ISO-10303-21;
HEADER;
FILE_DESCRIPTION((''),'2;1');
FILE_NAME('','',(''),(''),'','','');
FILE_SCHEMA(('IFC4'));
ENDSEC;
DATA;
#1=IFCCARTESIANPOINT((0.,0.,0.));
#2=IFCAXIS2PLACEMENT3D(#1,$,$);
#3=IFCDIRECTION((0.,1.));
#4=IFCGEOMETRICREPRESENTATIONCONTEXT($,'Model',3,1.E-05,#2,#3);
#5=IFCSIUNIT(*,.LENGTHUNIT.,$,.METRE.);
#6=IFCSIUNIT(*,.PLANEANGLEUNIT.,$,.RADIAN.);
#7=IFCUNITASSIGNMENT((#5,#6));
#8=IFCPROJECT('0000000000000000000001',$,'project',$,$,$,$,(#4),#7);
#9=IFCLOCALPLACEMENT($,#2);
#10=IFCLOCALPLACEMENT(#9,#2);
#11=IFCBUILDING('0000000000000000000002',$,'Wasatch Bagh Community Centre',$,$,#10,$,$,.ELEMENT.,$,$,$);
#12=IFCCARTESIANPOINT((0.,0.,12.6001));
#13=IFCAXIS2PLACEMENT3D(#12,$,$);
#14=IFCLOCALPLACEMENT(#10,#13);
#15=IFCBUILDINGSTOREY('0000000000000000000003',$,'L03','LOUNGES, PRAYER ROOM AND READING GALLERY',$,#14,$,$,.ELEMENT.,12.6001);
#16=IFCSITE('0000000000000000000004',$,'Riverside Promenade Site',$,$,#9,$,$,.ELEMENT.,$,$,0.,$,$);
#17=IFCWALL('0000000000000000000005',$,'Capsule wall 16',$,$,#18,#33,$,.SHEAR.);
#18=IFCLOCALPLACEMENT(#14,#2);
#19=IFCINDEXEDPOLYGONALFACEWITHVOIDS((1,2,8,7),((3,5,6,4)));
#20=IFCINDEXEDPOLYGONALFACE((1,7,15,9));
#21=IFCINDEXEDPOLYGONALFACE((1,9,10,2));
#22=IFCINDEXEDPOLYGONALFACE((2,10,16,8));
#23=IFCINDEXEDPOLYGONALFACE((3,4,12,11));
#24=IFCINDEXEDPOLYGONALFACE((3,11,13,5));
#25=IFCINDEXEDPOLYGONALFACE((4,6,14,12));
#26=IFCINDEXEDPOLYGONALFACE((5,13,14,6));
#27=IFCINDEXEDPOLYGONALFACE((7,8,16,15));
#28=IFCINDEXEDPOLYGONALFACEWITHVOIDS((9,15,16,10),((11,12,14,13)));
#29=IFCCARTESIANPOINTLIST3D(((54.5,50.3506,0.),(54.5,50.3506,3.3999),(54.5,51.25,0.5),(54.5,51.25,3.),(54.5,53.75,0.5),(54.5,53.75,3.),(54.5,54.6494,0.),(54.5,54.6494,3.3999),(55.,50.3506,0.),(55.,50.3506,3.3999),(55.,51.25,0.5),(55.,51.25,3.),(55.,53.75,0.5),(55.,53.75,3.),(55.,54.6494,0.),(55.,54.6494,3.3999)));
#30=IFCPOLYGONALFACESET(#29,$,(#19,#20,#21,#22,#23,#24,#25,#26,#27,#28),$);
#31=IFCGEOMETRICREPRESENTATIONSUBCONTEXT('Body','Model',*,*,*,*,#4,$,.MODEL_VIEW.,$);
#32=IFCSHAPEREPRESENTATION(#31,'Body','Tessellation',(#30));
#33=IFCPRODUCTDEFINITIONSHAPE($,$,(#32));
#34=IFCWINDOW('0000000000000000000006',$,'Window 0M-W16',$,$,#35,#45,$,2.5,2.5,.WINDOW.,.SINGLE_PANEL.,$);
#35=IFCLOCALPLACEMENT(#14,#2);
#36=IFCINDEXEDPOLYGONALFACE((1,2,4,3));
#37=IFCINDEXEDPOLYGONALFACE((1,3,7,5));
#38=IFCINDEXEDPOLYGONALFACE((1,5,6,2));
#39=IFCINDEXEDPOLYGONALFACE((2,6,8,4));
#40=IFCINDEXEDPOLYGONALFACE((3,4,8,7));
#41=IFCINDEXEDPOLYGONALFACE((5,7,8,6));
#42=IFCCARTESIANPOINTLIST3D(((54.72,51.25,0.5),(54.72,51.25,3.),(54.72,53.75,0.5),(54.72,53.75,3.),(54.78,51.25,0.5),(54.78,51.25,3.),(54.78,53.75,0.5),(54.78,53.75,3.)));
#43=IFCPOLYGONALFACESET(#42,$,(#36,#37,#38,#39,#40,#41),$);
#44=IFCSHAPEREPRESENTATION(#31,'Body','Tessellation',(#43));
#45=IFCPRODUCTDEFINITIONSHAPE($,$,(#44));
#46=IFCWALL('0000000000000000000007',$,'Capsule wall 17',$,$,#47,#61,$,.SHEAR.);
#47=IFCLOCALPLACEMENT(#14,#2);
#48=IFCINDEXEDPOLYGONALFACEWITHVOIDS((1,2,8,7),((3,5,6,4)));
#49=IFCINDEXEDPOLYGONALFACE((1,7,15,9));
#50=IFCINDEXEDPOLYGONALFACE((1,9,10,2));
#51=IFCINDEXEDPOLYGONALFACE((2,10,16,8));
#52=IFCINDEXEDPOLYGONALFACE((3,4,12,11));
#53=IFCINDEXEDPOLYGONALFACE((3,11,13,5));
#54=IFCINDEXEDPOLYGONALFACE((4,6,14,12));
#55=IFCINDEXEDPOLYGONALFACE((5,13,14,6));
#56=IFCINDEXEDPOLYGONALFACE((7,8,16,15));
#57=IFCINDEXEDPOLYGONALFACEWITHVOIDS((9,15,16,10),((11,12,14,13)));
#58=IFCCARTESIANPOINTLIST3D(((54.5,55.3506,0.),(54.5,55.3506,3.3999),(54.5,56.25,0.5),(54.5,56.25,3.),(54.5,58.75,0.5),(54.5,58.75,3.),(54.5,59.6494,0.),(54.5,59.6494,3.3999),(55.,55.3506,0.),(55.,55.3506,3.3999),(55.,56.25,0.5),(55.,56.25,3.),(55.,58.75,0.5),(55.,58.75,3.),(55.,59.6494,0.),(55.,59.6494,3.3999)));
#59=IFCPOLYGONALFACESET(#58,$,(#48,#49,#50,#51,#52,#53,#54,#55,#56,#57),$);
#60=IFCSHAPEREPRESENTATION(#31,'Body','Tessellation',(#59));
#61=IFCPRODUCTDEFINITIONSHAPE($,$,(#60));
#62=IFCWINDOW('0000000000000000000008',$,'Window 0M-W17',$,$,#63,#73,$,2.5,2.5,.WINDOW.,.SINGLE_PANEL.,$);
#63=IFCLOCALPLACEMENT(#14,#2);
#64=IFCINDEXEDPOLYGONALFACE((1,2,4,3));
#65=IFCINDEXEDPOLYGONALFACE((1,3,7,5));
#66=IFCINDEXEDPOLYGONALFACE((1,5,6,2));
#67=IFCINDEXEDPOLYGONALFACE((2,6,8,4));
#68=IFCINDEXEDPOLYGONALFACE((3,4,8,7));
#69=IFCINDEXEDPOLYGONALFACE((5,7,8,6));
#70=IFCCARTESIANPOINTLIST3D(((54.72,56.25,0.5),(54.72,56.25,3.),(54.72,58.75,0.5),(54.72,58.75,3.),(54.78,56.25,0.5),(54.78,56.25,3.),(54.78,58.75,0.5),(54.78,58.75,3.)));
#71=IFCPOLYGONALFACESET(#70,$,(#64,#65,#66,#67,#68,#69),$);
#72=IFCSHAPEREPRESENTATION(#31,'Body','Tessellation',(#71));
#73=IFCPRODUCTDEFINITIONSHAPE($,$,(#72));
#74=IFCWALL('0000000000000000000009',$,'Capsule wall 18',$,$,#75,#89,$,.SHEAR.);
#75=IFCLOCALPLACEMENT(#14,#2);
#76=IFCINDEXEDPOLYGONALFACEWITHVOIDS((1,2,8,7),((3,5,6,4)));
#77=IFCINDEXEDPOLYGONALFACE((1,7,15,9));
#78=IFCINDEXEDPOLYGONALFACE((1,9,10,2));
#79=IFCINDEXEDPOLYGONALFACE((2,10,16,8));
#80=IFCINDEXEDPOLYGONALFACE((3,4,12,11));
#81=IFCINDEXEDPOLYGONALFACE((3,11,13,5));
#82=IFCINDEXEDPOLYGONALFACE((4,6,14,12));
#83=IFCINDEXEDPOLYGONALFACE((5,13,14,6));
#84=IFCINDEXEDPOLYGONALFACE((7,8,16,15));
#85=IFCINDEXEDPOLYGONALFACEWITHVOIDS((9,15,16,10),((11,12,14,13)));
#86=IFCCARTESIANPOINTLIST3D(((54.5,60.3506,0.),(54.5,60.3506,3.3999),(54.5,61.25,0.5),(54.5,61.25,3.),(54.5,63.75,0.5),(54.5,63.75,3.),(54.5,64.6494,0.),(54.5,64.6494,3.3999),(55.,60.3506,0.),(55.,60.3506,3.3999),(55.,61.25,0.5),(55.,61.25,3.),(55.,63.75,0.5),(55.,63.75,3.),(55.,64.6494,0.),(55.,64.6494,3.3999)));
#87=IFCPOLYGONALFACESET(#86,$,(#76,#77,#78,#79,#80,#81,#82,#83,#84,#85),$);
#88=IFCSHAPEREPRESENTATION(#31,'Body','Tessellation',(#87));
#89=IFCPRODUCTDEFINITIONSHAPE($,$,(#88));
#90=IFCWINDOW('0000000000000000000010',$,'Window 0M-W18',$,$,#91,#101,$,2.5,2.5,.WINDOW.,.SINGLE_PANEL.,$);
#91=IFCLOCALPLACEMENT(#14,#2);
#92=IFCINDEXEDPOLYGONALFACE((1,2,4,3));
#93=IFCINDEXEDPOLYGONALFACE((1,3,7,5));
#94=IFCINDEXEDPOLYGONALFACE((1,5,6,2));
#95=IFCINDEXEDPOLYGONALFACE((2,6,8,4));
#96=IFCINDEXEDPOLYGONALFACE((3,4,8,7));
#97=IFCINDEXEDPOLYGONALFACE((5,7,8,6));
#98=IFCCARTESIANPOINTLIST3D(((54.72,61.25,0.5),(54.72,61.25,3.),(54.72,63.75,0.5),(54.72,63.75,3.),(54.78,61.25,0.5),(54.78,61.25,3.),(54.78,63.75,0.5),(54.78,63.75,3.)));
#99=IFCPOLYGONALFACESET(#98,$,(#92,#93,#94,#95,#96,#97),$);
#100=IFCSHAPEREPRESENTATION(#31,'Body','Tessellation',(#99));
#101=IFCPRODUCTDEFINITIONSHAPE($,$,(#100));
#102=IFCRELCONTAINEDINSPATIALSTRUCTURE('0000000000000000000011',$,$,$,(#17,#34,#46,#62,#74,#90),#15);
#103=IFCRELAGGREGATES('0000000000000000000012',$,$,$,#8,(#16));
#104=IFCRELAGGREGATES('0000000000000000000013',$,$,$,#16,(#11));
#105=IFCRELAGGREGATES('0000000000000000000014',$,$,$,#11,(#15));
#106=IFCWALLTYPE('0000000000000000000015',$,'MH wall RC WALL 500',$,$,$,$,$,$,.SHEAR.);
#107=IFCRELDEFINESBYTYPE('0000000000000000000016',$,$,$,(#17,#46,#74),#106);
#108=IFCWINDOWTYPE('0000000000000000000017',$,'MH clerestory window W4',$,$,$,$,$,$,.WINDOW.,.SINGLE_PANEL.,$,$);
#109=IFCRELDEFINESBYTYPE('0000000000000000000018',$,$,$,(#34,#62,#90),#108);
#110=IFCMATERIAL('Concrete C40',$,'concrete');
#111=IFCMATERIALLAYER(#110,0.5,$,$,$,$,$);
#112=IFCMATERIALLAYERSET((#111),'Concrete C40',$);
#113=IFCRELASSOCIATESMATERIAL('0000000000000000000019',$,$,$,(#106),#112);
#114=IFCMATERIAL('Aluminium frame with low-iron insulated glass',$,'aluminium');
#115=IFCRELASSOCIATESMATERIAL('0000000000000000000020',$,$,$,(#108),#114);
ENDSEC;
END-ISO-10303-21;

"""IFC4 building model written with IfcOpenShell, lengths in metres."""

from ifc_helpers import new_model, si_unit, direction, frame, frame_2d, origin, place, context, subcontext, project, spatial, rectangle, extrude, material, layer, layer_set, type_object, element, fill, save


model = new_model("IFC4")

# Units and contexts
model_context = context("Model", 3, precision=1e-05, world=origin(), true_north=direction((0.0, 1.0)))
body_context = subcontext(model_context, "Body", "Model", "MODEL_VIEW")
ifc_project = project(units=[si_unit("LENGTHUNIT", "METRE"), si_unit("PLANEANGLEUNIT", "RADIAN")], contexts=[model_context])

# Site, building, storey
site_placement = place(None, origin())
site = spatial("IfcSite", under=ifc_project, at=site_placement, Name="Riverside Promenade Site", CompositionType="ELEMENT", RefElevation=0.0)
building_placement = place(site_placement, origin())
building = spatial("IfcBuilding", under=site, at=building_placement, Name="Wasatch Bagh Community Centre", CompositionType="ELEMENT")
storey_placement = place(building_placement, frame((0.0, 0.0, 12.6001)))
storey = spatial("IfcBuildingStorey", under=building, at=storey_placement, Name="L03", Description="LOUNGES, PRAYER ROOM AND READING GALLERY", CompositionType="ELEMENT", Elevation=12.6001)

# Shared definitions
ifc_material_1 = material(Name="Concrete C40", Category="concrete")

# Walls, openings, windows
ifc_layer = layer(ifc_material_1, 0.5)
ifc_layer_set = layer_set([ifc_layer], Name="Concrete C40")
wall_type = type_object("IfcWallType", Name="MH wall RC WALL 500", PredefinedType="SHEAR", material=ifc_layer_set)
ifc_material_2 = material(Name="Aluminium frame with low-iron insulated glass", Category="aluminium")
window_type = type_object("IfcWindowType", Name="MH clerestory window W4", PartitioningType="SINGLE_PANEL", PredefinedType="WINDOW", material=ifc_material_2)
wall_1_placement = place(storey_placement, frame((54.75, 50.3506, 0.0), z_axis=(0.0, 0.0, 1.0), x_axis=(0.0, 1.0, 0.0)))
wall_1 = element("IfcWall", 1, at=wall_1_placement, inside=storey, type_object=wall_type, Name="Capsule wall 16", PredefinedType="SHEAR", context=body_context, shape_type="SweptSolid", body=[
    extrude(rectangle(XDim=4.2988, YDim=0.5, at=frame_2d((2.1494, 0.0))), origin(), (0.0, 0.0, 1.0), 3.3999),
])
opening_1_placement = place(wall_1_placement, frame((0.8994, 0.0, 0.5)))
opening_1 = element("IfcOpeningElement", 2, at=opening_1_placement, cuts=wall_1, PredefinedType="OPENING", context=body_context, shape_type="SweptSolid", body=[
    extrude(rectangle(XDim=2.5, YDim=2.5, at=frame_2d((1.25, 1.25))), frame((0.0, 0.26, 0.0), z_axis=(0.0, -1.0, 0.0), x_axis=(1.0, 0.0, 0.0)), (0.0, 0.0, 1.0), 0.52),
])
window_1_placement = place(opening_1_placement, origin())
window_1 = element("IfcWindow", 3, at=window_1_placement, inside=storey, type_object=window_type, Name="Window 0M-W16", OverallHeight=2.5, OverallWidth=2.5, PartitioningType="SINGLE_PANEL", PredefinedType="WINDOW", context=body_context, shape_type="SweptSolid", body=[
    extrude(rectangle(XDim=2.5, YDim=2.5, at=frame_2d((1.25, 1.25))), frame((0.0, 0.03, 0.0), z_axis=(0.0, -1.0, 0.0), x_axis=(1.0, 0.0, 0.0)), (0.0, 0.0, 1.0), 0.0601),
])
fill(opening_1, window_1)
wall_2_placement = place(storey_placement, frame((54.75, 55.3506, 0.0), z_axis=(0.0, 0.0, 1.0), x_axis=(0.0, 1.0, 0.0)))
wall_2 = element("IfcWall", 4, at=wall_2_placement, inside=storey, type_object=wall_type, Name="Capsule wall 17", PredefinedType="SHEAR", context=body_context, shape_type="SweptSolid", body=[
    extrude(rectangle(XDim=4.2988, YDim=0.5, at=frame_2d((2.1494, 0.0))), origin(), (0.0, 0.0, 1.0), 3.3999),
])
opening_2_placement = place(wall_2_placement, frame((0.8994, 0.0, 0.5)))
opening_2 = element("IfcOpeningElement", 5, at=opening_2_placement, cuts=wall_2, PredefinedType="OPENING", context=body_context, shape_type="SweptSolid", body=[
    extrude(rectangle(XDim=2.5, YDim=2.5, at=frame_2d((1.25, 1.25))), frame((0.0, 0.26, 0.0), z_axis=(0.0, -1.0, 0.0), x_axis=(1.0, 0.0, 0.0)), (0.0, 0.0, 1.0), 0.52),
])
window_2_placement = place(opening_2_placement, origin())
window_2 = element("IfcWindow", 6, at=window_2_placement, inside=storey, type_object=window_type, Name="Window 0M-W17", OverallHeight=2.5, OverallWidth=2.5, PartitioningType="SINGLE_PANEL", PredefinedType="WINDOW", context=body_context, shape_type="SweptSolid", body=[
    extrude(rectangle(XDim=2.5, YDim=2.5, at=frame_2d((1.25, 1.25))), frame((0.0, 0.03, 0.0), z_axis=(0.0, -1.0, 0.0), x_axis=(1.0, 0.0, 0.0)), (0.0, 0.0, 1.0), 0.0601),
])
fill(opening_2, window_2)
wall_3_placement = place(storey_placement, frame((54.75, 60.3506, 0.0), z_axis=(0.0, 0.0, 1.0), x_axis=(0.0, 1.0, 0.0)))
wall_3 = element("IfcWall", 7, at=wall_3_placement, inside=storey, type_object=wall_type, Name="Capsule wall 18", PredefinedType="SHEAR", context=body_context, shape_type="SweptSolid", body=[
    extrude(rectangle(XDim=4.2988, YDim=0.5, at=frame_2d((2.1494, 0.0))), origin(), (0.0, 0.0, 1.0), 3.3999),
])
opening_3_placement = place(wall_3_placement, frame((0.8994, 0.0, 0.5)))
opening_3 = element("IfcOpeningElement", 8, at=opening_3_placement, cuts=wall_3, PredefinedType="OPENING", context=body_context, shape_type="SweptSolid", body=[
    extrude(rectangle(XDim=2.5, YDim=2.5, at=frame_2d((1.25, 1.25))), frame((0.0, 0.26, 0.0), z_axis=(0.0, -1.0, 0.0), x_axis=(1.0, 0.0, 0.0)), (0.0, 0.0, 1.0), 0.52),
])
window_3_placement = place(opening_3_placement, origin())
window_3 = element("IfcWindow", 9, at=window_3_placement, inside=storey, type_object=window_type, Name="Window 0M-W18", OverallHeight=2.5, OverallWidth=2.5, PartitioningType="SINGLE_PANEL", PredefinedType="WINDOW", context=body_context, shape_type="SweptSolid", body=[
    extrude(rectangle(XDim=2.5, YDim=2.5, at=frame_2d((1.25, 1.25))), frame((0.0, 0.03, 0.0), z_axis=(0.0, -1.0, 0.0), x_axis=(1.0, 0.0, 0.0)), (0.0, 0.0, 1.0), 0.0601),
])
fill(opening_3, window_3)

save(model, "model.ifc")
